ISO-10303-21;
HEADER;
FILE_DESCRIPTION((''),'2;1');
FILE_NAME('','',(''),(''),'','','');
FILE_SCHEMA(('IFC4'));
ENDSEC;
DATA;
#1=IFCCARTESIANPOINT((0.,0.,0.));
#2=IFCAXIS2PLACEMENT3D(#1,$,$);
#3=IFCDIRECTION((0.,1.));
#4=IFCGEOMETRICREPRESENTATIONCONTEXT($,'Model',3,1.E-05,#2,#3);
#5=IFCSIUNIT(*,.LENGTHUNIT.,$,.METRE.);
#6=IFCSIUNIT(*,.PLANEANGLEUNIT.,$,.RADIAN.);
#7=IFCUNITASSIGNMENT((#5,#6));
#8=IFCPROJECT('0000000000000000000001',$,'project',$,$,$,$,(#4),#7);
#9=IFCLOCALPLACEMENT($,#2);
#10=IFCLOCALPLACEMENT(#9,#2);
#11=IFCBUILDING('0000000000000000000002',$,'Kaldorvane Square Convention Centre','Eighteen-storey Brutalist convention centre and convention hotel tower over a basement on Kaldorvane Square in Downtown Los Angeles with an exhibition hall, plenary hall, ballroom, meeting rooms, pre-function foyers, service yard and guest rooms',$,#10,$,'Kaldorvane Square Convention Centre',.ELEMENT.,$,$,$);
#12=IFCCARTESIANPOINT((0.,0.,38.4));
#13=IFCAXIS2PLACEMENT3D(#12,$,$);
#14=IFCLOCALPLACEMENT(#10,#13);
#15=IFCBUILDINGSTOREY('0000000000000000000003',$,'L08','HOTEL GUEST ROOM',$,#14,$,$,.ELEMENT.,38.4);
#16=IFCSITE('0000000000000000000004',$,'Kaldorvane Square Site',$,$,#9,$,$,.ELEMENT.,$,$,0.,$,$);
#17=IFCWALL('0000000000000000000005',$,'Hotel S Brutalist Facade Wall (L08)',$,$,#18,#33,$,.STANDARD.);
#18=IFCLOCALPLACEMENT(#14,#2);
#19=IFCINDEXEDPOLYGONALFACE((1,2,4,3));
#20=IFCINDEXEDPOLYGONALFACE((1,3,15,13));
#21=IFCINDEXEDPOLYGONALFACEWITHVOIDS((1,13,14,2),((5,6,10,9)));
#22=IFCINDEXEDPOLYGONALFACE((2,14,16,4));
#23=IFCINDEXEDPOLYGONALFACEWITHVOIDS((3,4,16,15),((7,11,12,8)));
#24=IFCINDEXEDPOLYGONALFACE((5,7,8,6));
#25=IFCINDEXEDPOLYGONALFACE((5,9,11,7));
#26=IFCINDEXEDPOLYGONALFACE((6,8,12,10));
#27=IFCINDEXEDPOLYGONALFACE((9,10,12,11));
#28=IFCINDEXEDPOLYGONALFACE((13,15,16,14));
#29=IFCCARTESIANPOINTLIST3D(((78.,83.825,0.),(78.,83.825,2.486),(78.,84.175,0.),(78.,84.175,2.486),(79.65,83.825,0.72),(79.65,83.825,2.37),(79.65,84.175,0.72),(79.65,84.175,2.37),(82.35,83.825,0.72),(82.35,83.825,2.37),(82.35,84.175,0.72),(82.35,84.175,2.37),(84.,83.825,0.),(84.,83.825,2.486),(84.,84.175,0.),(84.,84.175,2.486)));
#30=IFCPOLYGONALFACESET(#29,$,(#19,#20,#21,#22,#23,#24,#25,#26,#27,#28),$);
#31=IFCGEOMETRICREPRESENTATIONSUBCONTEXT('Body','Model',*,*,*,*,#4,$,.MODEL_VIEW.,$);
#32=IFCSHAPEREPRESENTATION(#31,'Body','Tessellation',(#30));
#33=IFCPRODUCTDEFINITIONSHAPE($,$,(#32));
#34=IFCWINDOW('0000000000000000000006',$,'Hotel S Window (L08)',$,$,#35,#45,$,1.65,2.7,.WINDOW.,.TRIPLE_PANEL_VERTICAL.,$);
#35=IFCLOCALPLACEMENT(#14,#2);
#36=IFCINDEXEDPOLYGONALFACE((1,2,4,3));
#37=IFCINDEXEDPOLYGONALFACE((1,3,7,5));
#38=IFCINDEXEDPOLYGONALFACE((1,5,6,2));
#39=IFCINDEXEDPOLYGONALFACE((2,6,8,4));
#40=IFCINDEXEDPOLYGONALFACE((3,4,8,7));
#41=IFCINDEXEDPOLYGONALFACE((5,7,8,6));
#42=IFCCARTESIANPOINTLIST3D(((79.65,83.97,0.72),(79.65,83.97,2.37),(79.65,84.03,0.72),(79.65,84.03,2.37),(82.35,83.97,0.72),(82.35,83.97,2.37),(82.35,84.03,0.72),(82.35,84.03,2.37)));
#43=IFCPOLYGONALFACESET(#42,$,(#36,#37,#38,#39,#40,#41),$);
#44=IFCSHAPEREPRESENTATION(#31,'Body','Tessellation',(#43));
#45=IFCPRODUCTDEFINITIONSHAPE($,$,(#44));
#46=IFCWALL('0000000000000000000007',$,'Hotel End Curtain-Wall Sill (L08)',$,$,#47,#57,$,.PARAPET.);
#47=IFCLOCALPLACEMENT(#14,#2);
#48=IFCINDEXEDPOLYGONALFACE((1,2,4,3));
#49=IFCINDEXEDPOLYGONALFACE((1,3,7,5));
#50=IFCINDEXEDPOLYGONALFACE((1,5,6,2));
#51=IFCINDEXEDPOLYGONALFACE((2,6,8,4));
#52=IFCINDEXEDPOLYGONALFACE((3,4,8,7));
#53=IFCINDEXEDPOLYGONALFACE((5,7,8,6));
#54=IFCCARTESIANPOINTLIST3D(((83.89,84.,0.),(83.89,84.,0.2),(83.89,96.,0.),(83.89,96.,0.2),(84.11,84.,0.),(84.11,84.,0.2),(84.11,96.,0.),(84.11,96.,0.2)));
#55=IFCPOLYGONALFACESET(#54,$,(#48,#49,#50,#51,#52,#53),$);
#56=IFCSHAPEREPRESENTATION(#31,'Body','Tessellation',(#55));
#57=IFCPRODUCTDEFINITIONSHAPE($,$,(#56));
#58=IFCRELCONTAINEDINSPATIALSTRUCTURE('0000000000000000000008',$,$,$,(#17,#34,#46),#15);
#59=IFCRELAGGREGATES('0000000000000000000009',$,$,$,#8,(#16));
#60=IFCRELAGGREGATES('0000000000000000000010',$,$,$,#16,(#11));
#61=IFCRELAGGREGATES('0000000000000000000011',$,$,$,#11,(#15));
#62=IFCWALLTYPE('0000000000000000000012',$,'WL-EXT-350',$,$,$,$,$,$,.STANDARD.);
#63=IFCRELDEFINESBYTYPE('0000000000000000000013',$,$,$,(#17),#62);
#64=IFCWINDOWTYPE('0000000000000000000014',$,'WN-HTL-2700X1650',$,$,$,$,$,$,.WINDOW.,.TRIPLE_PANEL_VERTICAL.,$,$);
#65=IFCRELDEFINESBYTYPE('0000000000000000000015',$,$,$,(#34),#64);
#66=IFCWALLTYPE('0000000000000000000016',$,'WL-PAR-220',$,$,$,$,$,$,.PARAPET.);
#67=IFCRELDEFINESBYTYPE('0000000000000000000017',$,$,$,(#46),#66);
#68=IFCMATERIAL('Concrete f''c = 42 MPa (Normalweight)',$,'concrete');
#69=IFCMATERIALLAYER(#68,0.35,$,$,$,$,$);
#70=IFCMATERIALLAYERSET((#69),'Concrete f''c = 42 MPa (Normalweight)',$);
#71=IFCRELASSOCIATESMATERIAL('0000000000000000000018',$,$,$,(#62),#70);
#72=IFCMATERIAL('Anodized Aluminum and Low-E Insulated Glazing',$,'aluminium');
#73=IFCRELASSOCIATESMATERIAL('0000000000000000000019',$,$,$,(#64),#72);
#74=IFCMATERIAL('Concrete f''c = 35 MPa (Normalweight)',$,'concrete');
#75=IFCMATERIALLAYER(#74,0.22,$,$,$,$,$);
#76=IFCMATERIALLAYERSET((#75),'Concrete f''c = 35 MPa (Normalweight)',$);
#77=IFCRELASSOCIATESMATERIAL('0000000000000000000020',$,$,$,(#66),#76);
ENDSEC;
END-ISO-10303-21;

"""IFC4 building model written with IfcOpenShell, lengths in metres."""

from ifc_helpers import new_model, si_unit, direction, frame, frame_2d, origin, place, context, subcontext, project, spatial, rectangle, extrude, material, layer, layer_set, type_object, element, fill, save


model = new_model("IFC4")

# Units and contexts
model_context = context("Model", 3, precision=1e-05, world=origin(), true_north=direction((0.0, 1.0)))
body_context = subcontext(model_context, "Body", "Model", "MODEL_VIEW")
ifc_project = project(units=[si_unit("LENGTHUNIT", "METRE"), si_unit("PLANEANGLEUNIT", "RADIAN")], contexts=[model_context])

# Site, building, storey
site_placement = place(None, origin())
site = spatial("IfcSite", under=ifc_project, at=site_placement, Name="Kaldorvane Square Site", CompositionType="ELEMENT", RefElevation=0.0)
building_placement = place(site_placement, origin())
building = spatial("IfcBuilding", under=site, at=building_placement, Name="Kaldorvane Square Convention Centre", Description="Eighteen-storey Brutalist convention centre and convention hotel tower over a basement on Kaldorvane Square in Downtown Los Angeles with an exhibition hall, plenary hall, ballroom, meeting rooms, pre-function foyers, service yard and guest rooms", LongName="Kaldorvane Square Convention Centre", CompositionType="ELEMENT")
storey_placement = place(building_placement, frame((0.0, 0.0, 38.4)))
storey = spatial("IfcBuildingStorey", under=building, at=storey_placement, Name="L08", Description="HOTEL GUEST ROOM", CompositionType="ELEMENT", Elevation=38.4)

# Shared definitions
ifc_material_1 = material(Name="Concrete f'c = 42 MPa (Normalweight)", Category="concrete")

# Shared definitions
ifc_layer_1 = layer(ifc_material_1, 0.35)
ifc_layer_set_1 = layer_set([ifc_layer_1], Name="Concrete f'c = 42 MPa (Normalweight)")
wall_type_1 = type_object("IfcWallType", Name="WL-EXT-350", PredefinedType="STANDARD", material=ifc_layer_set_1)
ifc_material_2 = material(Name="Anodized Aluminum and Low-E Insulated Glazing", Category="aluminium")
window_type_1 = type_object("IfcWindowType", Name="WN-HTL-2700X1650", PartitioningType="TRIPLE_PANEL_VERTICAL", PredefinedType="WINDOW", material=ifc_material_2)

# Wall, opening, window
wall_1_placement = place(storey_placement, frame((78.0, 84.0, 0.0), z_axis=(0.0, 0.0, 1.0), x_axis=(1.0, 0.0, 0.0)))
wall_1 = element("IfcWall", 1, at=wall_1_placement, inside=storey, type_object=wall_type_1, Name="Hotel S Brutalist Facade Wall (L08)", PredefinedType="STANDARD", context=body_context, shape_type="SweptSolid", body=[
    extrude(rectangle(XDim=6.0, YDim=0.35, at=frame_2d((3.0, 0.0))), origin(), (0.0, 0.0, 1.0), 2.486),
])
opening_1_placement = place(wall_1_placement, frame((1.65, 0.0, 0.72)))
opening_1 = element("IfcOpeningElement", 2, at=opening_1_placement, cuts=wall_1, PredefinedType="OPENING", context=body_context, shape_type="SweptSolid", body=[
    extrude(rectangle(XDim=2.7, YDim=1.65, at=frame_2d((1.35, 0.825))), frame((0.0, 0.19, 0.0), z_axis=(0.0, -1.0, 0.0), x_axis=(1.0, 0.0, 0.0)), (0.0, 0.0, 1.0), 0.38),
])
window_1_placement = place(opening_1_placement, origin())
window_1 = element("IfcWindow", 3, at=window_1_placement, inside=storey, type_object=window_type_1, Name="Hotel S Window (L08)", OverallHeight=1.65, OverallWidth=2.7, PartitioningType="TRIPLE_PANEL_VERTICAL", PredefinedType="WINDOW", context=body_context, shape_type="SweptSolid", body=[
    extrude(rectangle(XDim=2.7, YDim=1.65, at=frame_2d((1.35, 0.825))), frame((0.0, 0.03, 0.0), z_axis=(0.0, -1.0, 0.0), x_axis=(1.0, 0.0, 0.0)), (0.0, 0.0, 1.0), 0.06),
])
fill(opening_1, window_1)

# Wall
ifc_material_3 = material(Name="Concrete f'c = 35 MPa (Normalweight)", Category="concrete")
ifc_layer_2 = layer(ifc_material_3, 0.22)
ifc_layer_set_2 = layer_set([ifc_layer_2], Name="Concrete f'c = 35 MPa (Normalweight)")
wall_type_2 = type_object("IfcWallType", Name="WL-PAR-220", PredefinedType="PARAPET", material=ifc_layer_set_2)
wall_2_placement = place(storey_placement, frame((84.0, 84.0, 0.0), z_axis=(0.0, 0.0, 1.0), x_axis=(0.0, 1.0, 0.0)))
element("IfcWall", 4, at=wall_2_placement, inside=storey, type_object=wall_type_2, Name="Hotel End Curtain-Wall Sill (L08)", PredefinedType="PARAPET", context=body_context, shape_type="SweptSolid", body=[
    extrude(rectangle(XDim=12.0, YDim=0.22, at=frame_2d((6.0, 0.0))), origin(), (0.0, 0.0, 1.0), 0.2),
])

save(model, "model.ifc")
